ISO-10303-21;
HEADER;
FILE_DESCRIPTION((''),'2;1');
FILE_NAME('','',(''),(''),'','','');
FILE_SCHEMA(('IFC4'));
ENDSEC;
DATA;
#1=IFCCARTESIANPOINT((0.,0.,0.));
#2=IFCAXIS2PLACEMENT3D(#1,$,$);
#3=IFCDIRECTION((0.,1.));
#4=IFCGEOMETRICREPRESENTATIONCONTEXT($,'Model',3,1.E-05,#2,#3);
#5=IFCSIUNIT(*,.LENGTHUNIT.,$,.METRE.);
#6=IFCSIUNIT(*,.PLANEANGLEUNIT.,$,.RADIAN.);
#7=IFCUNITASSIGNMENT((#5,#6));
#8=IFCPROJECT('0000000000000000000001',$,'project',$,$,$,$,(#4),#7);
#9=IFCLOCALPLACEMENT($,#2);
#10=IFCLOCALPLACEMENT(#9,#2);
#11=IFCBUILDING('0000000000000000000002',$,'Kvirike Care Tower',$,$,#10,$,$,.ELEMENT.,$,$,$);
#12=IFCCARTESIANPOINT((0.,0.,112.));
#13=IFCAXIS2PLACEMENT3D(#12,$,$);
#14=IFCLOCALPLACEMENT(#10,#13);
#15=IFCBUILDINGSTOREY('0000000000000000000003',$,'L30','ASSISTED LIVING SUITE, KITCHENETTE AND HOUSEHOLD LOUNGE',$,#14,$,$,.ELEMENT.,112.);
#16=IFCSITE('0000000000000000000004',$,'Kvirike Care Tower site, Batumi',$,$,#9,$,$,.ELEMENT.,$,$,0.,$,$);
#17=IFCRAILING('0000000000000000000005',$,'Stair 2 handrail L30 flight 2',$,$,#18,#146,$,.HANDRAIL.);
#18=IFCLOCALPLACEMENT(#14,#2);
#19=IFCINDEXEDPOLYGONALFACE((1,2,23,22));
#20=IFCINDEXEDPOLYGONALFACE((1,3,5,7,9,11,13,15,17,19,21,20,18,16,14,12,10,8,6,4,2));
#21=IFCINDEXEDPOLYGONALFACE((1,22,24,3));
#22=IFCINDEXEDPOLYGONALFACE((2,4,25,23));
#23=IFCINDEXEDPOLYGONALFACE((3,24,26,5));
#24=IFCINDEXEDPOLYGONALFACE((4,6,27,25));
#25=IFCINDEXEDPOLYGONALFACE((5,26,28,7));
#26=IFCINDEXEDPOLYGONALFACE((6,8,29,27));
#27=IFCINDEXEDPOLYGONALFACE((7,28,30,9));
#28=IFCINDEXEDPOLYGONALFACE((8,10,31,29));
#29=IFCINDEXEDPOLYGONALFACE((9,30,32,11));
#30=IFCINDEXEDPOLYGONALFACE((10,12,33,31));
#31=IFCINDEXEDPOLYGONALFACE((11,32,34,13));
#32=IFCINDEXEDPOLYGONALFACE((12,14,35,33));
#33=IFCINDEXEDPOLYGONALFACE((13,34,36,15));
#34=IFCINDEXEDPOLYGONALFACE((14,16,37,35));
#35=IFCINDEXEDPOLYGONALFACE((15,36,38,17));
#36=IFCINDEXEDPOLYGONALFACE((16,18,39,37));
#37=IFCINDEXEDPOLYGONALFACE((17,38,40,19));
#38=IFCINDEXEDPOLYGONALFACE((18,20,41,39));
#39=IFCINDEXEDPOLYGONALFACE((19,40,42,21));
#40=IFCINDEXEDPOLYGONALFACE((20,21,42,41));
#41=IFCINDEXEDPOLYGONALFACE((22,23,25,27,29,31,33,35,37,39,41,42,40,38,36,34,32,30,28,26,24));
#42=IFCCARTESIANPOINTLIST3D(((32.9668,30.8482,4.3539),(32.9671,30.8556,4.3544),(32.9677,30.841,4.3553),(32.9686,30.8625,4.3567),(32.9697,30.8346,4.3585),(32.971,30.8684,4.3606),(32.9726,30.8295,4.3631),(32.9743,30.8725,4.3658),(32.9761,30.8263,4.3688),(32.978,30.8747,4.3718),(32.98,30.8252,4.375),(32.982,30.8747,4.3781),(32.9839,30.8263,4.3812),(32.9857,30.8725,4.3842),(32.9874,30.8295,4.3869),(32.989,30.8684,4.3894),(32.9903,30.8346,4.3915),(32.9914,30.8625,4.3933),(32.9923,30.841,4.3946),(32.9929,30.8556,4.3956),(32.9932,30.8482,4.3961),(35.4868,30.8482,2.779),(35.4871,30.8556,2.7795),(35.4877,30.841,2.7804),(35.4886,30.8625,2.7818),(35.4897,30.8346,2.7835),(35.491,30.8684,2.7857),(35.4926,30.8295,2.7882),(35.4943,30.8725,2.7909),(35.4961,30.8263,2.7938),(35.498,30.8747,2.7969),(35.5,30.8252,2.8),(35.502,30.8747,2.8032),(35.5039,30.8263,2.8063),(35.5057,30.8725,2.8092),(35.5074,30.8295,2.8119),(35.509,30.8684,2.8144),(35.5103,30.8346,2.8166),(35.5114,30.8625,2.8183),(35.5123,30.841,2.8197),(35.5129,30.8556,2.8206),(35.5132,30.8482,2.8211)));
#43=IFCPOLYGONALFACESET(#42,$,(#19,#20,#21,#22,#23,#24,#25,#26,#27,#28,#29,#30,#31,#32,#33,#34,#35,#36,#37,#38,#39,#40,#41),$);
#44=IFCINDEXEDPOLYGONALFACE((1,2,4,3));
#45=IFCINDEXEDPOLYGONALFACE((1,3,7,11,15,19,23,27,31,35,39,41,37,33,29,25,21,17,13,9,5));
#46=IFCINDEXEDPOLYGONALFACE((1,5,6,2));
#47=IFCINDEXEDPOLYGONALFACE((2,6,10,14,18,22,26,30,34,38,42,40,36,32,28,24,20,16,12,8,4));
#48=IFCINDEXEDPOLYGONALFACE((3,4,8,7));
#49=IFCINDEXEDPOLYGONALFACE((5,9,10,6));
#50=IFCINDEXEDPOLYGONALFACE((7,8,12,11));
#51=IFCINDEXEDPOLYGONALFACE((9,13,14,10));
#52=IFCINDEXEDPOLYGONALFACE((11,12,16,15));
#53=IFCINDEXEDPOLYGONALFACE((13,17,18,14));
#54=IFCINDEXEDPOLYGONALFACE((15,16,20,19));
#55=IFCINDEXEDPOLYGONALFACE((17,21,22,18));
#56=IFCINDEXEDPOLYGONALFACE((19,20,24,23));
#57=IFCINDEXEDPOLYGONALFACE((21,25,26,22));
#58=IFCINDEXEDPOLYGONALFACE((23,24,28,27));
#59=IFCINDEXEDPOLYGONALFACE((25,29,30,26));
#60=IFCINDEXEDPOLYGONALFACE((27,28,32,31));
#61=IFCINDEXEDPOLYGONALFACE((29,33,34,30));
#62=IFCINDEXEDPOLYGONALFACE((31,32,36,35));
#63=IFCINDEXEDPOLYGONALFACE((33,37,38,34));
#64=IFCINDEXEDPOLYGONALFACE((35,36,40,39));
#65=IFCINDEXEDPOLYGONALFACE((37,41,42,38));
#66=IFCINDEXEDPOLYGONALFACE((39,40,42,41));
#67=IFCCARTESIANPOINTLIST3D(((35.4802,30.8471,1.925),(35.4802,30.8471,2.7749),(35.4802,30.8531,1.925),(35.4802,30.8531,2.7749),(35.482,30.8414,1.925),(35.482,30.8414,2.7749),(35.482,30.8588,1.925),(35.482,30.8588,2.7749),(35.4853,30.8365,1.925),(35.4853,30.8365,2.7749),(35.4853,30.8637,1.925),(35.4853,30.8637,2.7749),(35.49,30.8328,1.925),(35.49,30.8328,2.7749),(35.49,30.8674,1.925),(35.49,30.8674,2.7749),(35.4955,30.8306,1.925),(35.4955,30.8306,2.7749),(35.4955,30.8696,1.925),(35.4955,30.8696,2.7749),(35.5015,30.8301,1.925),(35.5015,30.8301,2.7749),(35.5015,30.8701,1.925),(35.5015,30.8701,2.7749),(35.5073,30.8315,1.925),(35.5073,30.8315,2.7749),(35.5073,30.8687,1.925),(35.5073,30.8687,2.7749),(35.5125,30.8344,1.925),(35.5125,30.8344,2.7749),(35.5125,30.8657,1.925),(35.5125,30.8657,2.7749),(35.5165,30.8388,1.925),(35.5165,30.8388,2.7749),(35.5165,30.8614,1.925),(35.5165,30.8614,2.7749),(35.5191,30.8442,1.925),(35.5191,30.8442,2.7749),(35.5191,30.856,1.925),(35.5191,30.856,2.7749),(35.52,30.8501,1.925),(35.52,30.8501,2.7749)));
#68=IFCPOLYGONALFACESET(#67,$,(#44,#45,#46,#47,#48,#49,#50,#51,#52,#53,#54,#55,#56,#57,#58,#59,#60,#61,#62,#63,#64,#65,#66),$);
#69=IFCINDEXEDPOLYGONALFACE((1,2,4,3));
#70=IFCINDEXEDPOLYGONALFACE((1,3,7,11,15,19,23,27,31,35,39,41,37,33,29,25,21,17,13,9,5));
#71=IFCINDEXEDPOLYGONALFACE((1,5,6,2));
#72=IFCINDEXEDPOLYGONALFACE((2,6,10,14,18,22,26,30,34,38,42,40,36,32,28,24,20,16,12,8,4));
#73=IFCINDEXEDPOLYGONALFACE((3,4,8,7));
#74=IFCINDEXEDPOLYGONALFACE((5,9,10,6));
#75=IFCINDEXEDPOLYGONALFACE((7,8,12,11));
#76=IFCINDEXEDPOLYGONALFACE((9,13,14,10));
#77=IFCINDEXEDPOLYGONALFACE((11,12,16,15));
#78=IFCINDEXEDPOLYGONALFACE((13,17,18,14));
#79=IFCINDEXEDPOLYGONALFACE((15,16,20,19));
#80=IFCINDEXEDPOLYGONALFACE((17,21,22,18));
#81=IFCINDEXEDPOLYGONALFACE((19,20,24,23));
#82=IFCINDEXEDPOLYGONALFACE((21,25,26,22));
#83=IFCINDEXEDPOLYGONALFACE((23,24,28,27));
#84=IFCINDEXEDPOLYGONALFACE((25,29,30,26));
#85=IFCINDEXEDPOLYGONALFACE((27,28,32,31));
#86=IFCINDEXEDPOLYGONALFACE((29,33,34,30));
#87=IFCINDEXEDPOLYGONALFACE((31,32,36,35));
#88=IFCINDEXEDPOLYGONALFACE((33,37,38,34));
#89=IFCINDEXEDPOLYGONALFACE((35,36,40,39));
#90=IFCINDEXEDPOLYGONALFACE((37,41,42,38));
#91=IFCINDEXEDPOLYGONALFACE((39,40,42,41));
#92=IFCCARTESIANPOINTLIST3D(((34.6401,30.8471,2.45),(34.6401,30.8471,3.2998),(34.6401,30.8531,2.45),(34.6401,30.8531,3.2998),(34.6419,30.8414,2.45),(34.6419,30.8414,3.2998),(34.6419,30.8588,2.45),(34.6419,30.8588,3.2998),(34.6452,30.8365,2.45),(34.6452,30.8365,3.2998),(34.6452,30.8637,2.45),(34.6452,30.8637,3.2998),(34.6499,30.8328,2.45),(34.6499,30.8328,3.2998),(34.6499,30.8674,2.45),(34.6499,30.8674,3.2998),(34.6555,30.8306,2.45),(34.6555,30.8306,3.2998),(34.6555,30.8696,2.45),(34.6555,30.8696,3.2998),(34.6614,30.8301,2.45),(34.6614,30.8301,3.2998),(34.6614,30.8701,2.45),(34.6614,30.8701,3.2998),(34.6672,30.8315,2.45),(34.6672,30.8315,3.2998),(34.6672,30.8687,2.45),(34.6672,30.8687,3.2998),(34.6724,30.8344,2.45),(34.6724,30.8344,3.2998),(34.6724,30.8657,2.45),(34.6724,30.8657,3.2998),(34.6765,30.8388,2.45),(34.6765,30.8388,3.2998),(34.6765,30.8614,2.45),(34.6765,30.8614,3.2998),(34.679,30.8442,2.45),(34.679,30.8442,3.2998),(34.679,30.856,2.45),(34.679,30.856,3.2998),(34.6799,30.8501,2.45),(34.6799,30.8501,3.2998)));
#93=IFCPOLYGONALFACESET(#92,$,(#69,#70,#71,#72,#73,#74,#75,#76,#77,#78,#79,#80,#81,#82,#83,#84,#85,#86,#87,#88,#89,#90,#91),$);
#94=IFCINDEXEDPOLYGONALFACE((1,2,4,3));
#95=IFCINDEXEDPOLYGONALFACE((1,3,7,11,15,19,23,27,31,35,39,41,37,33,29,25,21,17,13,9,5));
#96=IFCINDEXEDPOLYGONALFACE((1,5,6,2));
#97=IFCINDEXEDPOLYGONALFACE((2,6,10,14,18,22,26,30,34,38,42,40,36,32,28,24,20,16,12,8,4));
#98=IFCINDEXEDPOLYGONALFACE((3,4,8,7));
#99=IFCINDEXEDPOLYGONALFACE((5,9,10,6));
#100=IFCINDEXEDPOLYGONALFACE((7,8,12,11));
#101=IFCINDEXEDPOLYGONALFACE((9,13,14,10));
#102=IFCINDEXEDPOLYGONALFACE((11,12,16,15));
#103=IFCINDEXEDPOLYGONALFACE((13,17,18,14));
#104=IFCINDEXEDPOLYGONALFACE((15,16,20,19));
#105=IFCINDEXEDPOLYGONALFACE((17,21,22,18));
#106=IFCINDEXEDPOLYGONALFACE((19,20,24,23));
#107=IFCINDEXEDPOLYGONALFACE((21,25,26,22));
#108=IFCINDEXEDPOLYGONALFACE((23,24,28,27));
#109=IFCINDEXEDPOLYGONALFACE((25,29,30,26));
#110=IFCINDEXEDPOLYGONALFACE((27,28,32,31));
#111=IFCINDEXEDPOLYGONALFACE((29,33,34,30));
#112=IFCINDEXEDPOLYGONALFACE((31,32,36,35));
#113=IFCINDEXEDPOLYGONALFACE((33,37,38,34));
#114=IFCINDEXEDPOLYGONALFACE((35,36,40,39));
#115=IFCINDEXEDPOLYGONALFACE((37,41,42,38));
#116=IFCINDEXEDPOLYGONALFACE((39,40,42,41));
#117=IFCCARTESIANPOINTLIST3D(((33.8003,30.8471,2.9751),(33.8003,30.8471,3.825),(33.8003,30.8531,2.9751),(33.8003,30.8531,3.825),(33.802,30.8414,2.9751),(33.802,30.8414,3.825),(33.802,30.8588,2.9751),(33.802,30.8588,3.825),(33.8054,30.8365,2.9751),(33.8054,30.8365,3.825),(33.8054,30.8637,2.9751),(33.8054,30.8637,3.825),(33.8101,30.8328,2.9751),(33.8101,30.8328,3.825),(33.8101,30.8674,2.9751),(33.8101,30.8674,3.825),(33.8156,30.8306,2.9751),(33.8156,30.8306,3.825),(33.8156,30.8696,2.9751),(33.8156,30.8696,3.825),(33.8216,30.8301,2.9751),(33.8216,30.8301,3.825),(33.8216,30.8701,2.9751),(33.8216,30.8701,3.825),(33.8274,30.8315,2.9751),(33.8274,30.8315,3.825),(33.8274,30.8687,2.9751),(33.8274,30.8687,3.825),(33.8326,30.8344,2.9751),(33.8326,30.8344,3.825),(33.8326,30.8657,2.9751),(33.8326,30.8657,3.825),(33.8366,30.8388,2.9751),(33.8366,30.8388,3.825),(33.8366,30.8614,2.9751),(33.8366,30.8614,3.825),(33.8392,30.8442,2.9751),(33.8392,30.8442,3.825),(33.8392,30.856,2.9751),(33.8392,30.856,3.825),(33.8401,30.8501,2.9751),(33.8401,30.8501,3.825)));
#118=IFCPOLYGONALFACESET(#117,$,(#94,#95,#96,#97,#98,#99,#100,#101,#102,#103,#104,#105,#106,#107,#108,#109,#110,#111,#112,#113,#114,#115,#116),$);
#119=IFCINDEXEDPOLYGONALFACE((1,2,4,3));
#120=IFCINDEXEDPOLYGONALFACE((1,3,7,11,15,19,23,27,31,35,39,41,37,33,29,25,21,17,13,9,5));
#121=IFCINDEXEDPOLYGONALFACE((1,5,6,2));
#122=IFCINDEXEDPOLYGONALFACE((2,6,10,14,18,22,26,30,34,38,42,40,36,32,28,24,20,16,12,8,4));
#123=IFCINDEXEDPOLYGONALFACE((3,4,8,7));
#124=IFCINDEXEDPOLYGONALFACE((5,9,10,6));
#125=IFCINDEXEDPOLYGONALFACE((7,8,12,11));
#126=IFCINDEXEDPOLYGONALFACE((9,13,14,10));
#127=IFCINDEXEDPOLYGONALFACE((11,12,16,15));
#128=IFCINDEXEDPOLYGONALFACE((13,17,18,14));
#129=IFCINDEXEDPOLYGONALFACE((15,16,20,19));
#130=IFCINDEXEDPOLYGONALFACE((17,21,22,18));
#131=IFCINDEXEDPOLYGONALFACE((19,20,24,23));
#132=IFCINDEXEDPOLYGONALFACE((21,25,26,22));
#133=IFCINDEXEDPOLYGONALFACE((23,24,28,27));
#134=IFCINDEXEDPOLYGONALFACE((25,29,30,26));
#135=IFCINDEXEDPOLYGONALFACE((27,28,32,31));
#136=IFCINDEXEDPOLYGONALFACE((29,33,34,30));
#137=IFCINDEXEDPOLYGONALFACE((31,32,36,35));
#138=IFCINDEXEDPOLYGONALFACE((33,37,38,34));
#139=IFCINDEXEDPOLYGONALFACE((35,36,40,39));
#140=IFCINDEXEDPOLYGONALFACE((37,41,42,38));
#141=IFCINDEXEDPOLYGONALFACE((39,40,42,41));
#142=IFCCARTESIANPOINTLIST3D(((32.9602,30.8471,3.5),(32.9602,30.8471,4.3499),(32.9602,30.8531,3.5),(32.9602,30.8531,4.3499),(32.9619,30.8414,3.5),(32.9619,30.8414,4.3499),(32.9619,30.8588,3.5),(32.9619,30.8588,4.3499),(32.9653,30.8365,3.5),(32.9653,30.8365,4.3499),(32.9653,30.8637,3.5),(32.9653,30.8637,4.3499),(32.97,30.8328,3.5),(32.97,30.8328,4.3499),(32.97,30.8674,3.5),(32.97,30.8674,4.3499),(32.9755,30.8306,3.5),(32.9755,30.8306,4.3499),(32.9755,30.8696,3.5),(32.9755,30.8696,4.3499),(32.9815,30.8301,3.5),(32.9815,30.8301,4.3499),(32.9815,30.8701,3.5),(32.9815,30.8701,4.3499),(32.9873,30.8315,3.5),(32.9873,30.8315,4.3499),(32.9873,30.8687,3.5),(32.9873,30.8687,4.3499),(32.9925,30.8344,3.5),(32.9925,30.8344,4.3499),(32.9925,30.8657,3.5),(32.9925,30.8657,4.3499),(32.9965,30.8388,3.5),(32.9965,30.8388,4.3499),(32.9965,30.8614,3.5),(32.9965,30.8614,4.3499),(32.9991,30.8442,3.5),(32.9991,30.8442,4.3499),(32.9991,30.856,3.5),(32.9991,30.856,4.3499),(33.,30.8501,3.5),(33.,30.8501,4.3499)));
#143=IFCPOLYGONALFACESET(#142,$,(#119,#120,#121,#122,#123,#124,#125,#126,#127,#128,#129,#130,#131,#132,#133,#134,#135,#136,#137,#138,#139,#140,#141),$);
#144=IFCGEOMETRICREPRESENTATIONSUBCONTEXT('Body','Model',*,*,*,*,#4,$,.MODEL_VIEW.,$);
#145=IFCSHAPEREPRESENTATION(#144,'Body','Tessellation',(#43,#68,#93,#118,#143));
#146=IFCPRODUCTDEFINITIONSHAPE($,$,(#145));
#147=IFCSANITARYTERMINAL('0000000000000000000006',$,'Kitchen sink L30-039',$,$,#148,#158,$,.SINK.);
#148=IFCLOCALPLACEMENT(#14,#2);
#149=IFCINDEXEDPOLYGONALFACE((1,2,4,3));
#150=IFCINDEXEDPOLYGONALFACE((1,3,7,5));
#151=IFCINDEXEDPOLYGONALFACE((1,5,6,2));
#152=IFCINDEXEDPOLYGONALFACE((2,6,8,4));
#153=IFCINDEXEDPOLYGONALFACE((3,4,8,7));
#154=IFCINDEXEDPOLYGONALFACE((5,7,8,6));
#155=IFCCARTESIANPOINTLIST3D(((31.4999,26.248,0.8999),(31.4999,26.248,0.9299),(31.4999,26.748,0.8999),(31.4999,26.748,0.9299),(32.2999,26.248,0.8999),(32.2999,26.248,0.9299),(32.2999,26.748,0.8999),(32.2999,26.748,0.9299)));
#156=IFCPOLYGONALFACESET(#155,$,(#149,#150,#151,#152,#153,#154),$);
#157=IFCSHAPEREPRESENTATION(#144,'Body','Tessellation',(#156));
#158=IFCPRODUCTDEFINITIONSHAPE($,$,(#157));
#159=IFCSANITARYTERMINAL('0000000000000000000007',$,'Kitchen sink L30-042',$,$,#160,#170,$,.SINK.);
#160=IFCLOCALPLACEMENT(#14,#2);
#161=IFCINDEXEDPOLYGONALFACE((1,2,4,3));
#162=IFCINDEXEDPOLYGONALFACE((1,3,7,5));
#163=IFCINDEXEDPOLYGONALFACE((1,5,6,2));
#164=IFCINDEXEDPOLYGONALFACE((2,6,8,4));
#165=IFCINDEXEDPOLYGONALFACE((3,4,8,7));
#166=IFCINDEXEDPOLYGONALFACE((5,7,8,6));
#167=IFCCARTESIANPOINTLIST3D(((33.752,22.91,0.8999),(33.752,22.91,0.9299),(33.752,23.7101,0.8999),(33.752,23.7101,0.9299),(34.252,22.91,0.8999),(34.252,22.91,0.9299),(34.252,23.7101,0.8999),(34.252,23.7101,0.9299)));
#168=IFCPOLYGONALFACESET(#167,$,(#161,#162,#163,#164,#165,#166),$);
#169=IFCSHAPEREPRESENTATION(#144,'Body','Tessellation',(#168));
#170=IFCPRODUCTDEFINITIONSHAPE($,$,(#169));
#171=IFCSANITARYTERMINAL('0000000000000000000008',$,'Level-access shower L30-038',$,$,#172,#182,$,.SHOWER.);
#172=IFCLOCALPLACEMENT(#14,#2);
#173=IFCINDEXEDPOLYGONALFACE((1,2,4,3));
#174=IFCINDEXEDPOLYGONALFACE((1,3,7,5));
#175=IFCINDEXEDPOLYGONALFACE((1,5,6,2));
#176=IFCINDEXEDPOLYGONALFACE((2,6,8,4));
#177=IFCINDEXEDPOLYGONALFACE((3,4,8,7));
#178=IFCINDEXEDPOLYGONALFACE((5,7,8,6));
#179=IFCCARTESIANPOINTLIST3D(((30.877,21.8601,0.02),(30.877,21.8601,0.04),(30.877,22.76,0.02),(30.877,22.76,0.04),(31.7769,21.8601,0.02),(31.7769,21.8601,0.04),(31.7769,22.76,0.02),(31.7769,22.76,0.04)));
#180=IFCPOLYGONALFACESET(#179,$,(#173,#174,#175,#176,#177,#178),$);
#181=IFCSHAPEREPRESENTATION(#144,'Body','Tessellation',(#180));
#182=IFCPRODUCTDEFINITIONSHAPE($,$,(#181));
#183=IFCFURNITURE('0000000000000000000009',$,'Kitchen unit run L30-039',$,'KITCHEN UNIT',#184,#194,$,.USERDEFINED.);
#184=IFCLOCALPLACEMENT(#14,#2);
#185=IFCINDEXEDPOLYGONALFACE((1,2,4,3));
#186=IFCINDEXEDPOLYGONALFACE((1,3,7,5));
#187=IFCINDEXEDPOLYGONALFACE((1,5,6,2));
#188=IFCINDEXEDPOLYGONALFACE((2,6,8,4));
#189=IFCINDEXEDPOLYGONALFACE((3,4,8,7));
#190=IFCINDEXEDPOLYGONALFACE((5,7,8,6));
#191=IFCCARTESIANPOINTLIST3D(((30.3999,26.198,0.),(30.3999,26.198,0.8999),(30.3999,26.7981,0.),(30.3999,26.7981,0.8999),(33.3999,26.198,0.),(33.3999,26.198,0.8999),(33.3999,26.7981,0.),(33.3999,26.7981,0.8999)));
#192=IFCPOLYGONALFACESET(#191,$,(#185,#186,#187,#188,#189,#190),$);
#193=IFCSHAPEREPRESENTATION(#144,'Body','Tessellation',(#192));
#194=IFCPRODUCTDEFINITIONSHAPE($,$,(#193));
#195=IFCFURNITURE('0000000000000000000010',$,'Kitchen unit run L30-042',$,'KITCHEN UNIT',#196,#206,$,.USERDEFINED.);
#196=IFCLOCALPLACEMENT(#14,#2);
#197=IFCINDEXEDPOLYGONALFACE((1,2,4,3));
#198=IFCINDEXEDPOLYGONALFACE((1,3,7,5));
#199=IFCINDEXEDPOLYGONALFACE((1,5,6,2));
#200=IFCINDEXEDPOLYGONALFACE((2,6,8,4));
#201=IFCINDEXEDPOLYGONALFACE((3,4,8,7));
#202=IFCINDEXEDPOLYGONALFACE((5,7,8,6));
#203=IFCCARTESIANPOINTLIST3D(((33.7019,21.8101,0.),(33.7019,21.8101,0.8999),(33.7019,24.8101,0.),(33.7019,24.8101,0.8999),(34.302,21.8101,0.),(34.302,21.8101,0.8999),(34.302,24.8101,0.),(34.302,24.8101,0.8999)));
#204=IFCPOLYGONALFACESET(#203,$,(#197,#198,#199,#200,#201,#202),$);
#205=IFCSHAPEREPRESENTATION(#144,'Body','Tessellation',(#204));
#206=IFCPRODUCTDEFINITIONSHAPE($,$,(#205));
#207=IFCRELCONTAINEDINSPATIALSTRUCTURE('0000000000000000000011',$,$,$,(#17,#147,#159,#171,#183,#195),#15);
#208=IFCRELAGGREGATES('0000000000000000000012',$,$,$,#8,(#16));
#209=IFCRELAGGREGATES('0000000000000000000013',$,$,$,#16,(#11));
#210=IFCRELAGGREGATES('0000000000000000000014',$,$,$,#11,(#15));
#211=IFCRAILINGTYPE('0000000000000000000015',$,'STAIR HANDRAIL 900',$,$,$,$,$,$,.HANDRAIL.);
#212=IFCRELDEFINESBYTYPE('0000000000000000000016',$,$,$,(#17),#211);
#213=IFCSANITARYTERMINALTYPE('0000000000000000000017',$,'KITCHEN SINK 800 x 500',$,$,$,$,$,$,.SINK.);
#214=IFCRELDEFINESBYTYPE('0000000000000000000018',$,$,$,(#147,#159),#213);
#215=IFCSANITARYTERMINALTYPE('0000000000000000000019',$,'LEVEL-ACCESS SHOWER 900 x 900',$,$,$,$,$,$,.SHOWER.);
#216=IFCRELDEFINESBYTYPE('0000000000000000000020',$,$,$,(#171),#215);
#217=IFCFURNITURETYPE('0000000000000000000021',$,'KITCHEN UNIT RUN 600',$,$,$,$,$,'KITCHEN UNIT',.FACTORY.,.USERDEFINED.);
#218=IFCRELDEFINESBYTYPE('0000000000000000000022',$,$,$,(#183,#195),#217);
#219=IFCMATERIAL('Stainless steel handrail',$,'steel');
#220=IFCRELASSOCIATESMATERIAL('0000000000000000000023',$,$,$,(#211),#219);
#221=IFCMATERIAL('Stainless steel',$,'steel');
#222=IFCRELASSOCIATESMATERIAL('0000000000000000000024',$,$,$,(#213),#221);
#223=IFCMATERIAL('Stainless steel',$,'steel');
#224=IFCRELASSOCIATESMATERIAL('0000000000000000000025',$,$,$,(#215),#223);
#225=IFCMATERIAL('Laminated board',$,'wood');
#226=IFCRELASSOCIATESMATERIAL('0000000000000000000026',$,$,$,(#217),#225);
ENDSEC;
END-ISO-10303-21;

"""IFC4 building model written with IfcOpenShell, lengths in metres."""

from ifc_helpers import new_model, si_unit, direction, frame, origin, origin_2d, place, context, subcontext, project, spatial, rectangle, circle, extrude, material, type_object, element, save


model = new_model("IFC4")

# Units and contexts
model_context = context("Model", 3, precision=1e-05, world=origin(), true_north=direction((0.0, 1.0)))
body_context = subcontext(model_context, "Body", "Model", "MODEL_VIEW")
ifc_project = project(units=[si_unit("LENGTHUNIT", "METRE"), si_unit("PLANEANGLEUNIT", "RADIAN")], contexts=[model_context])

# Site, building, storey
site_placement = place(None, origin())
site = spatial("IfcSite", under=ifc_project, at=site_placement, Name="Kvirike Care Tower site, Batumi", CompositionType="ELEMENT", RefElevation=0.0)
building_placement = place(site_placement, origin())
building = spatial("IfcBuilding", under=site, at=building_placement, Name="Kvirike Care Tower", CompositionType="ELEMENT")
storey_placement = place(building_placement, frame((0.0, 0.0, 112.0)))
storey = spatial("IfcBuildingStorey", under=building, at=storey_placement, Name="L30", Description="ASSISTED LIVING SUITE, KITCHENETTE AND HOUSEHOLD LOUNGE", CompositionType="ELEMENT", Elevation=112.0)

# Railing
ifc_material_1 = material(Name="Stainless steel handrail", Category="steel")
railing_type = type_object("IfcRailingType", Name="STAIR HANDRAIL 900", PredefinedType="HANDRAIL", material=ifc_material_1)
railing_1_placement = place(storey_placement, frame((35.5, 30.8501, 1.925)))
element("IfcRailing", 1, at=railing_1_placement, inside=storey, type_object=railing_type, Name="Stair 2 handrail L30 flight 2", PredefinedType="HANDRAIL", context=body_context, shape_type="SweptSolid", body=[
    extrude(circle(Radius=0.0249, at=origin_2d()), frame((0.0, 0.0, 0.875), z_axis=(-0.848008, 0.0, 0.529984), x_axis=(0.0, -1.0, 0.0)), (0.0, 0.0, 1.0), 2.9717),
    extrude(circle(Radius=0.02, at=origin_2d()), origin(), (0.0, 0.0, 1.0), 0.8499),
    extrude(circle(Radius=0.02, at=origin_2d()), frame((-0.8401, 0.0, 0.5249)), (0.0, 0.0, 1.0), 0.8499),
    extrude(circle(Radius=0.02, at=origin_2d()), frame((-1.6799, 0.0, 1.05)), (0.0, 0.0, 1.0), 0.8499),
    extrude(circle(Radius=0.02, at=origin_2d()), frame((-2.52, 0.0, 1.575)), (0.0, 0.0, 1.0), 0.8499),
])

# Sanitary terminals
ifc_material_2 = material(Name="Stainless steel", Category="steel")
sanitary_terminal_type_1 = type_object("IfcSanitaryTerminalType", Name="KITCHEN SINK 800 x 500", PredefinedType="SINK", material=ifc_material_2)
for number, where, z_axis, x_axis, name in (
    (2, (31.8999, 26.498, 0.8999), (0.0, 0.0, 1.0), (1.0, 0.0, 0.0), "Kitchen sink L30-039"),
    (3, (34.002, 23.3101, 0.8999), (0.0, 0.0, 1.0), (0.0, 1.0, 0.0), "Kitchen sink L30-042"),
):
    element("IfcSanitaryTerminal", number, at=place(storey_placement, frame(where, z_axis=z_axis, x_axis=x_axis)), inside=storey, type_object=sanitary_terminal_type_1, Name=name, PredefinedType="SINK", context=body_context, shape_type="SweptSolid", body=[
        extrude(rectangle(XDim=0.8, YDim=0.5, at=origin_2d()), origin(), (0.0, 0.0, 1.0), 0.03),
    ])
ifc_material_3 = material(Name="Stainless steel", Category="steel")
sanitary_terminal_type_2 = type_object("IfcSanitaryTerminalType", Name="LEVEL-ACCESS SHOWER 900 x 900", PredefinedType="SHOWER", material=ifc_material_3)
sanitary_terminal_placement = place(storey_placement, frame((31.3269, 22.3101, 0.02), z_axis=(0.0, 0.0, 1.0), x_axis=(0.0, 1.0, 0.0)))
element("IfcSanitaryTerminal", 4, at=sanitary_terminal_placement, inside=storey, type_object=sanitary_terminal_type_2, Name="Level-access shower L30-038", PredefinedType="SHOWER", context=body_context, shape_type="SweptSolid", body=[
    extrude(rectangle(XDim=0.8999, YDim=0.8999, at=origin_2d()), origin(), (0.0, 0.0, 1.0), 0.02),
])

# Furniture
ifc_material_4 = material(Name="Laminated board", Category="wood")
furniture_type = type_object("IfcFurnitureType", Name="KITCHEN UNIT RUN 600", ElementType="KITCHEN UNIT", AssemblyPlace="FACTORY", PredefinedType="USERDEFINED", material=ifc_material_4)
for number, where, z_axis, x_axis, name in (
    (5, (31.8999, 26.498, 0.0), (0.0, 0.0, 1.0), (1.0, 0.0, 0.0), "Kitchen unit run L30-039"),
    (6, (34.002, 23.3101, 0.0), (0.0, 0.0, 1.0), (0.0, 1.0, 0.0), "Kitchen unit run L30-042"),
):
    element("IfcFurniture", number, at=place(storey_placement, frame(where, z_axis=z_axis, x_axis=x_axis)), inside=storey, type_object=furniture_type, Name=name, ObjectType="KITCHEN UNIT", PredefinedType="USERDEFINED", context=body_context, shape_type="SweptSolid", body=[
        extrude(rectangle(XDim=3.0, YDim=0.6001, at=origin_2d()), origin(), (0.0, 0.0, 1.0), 0.8999),
    ])

save(model, "model.ifc")
